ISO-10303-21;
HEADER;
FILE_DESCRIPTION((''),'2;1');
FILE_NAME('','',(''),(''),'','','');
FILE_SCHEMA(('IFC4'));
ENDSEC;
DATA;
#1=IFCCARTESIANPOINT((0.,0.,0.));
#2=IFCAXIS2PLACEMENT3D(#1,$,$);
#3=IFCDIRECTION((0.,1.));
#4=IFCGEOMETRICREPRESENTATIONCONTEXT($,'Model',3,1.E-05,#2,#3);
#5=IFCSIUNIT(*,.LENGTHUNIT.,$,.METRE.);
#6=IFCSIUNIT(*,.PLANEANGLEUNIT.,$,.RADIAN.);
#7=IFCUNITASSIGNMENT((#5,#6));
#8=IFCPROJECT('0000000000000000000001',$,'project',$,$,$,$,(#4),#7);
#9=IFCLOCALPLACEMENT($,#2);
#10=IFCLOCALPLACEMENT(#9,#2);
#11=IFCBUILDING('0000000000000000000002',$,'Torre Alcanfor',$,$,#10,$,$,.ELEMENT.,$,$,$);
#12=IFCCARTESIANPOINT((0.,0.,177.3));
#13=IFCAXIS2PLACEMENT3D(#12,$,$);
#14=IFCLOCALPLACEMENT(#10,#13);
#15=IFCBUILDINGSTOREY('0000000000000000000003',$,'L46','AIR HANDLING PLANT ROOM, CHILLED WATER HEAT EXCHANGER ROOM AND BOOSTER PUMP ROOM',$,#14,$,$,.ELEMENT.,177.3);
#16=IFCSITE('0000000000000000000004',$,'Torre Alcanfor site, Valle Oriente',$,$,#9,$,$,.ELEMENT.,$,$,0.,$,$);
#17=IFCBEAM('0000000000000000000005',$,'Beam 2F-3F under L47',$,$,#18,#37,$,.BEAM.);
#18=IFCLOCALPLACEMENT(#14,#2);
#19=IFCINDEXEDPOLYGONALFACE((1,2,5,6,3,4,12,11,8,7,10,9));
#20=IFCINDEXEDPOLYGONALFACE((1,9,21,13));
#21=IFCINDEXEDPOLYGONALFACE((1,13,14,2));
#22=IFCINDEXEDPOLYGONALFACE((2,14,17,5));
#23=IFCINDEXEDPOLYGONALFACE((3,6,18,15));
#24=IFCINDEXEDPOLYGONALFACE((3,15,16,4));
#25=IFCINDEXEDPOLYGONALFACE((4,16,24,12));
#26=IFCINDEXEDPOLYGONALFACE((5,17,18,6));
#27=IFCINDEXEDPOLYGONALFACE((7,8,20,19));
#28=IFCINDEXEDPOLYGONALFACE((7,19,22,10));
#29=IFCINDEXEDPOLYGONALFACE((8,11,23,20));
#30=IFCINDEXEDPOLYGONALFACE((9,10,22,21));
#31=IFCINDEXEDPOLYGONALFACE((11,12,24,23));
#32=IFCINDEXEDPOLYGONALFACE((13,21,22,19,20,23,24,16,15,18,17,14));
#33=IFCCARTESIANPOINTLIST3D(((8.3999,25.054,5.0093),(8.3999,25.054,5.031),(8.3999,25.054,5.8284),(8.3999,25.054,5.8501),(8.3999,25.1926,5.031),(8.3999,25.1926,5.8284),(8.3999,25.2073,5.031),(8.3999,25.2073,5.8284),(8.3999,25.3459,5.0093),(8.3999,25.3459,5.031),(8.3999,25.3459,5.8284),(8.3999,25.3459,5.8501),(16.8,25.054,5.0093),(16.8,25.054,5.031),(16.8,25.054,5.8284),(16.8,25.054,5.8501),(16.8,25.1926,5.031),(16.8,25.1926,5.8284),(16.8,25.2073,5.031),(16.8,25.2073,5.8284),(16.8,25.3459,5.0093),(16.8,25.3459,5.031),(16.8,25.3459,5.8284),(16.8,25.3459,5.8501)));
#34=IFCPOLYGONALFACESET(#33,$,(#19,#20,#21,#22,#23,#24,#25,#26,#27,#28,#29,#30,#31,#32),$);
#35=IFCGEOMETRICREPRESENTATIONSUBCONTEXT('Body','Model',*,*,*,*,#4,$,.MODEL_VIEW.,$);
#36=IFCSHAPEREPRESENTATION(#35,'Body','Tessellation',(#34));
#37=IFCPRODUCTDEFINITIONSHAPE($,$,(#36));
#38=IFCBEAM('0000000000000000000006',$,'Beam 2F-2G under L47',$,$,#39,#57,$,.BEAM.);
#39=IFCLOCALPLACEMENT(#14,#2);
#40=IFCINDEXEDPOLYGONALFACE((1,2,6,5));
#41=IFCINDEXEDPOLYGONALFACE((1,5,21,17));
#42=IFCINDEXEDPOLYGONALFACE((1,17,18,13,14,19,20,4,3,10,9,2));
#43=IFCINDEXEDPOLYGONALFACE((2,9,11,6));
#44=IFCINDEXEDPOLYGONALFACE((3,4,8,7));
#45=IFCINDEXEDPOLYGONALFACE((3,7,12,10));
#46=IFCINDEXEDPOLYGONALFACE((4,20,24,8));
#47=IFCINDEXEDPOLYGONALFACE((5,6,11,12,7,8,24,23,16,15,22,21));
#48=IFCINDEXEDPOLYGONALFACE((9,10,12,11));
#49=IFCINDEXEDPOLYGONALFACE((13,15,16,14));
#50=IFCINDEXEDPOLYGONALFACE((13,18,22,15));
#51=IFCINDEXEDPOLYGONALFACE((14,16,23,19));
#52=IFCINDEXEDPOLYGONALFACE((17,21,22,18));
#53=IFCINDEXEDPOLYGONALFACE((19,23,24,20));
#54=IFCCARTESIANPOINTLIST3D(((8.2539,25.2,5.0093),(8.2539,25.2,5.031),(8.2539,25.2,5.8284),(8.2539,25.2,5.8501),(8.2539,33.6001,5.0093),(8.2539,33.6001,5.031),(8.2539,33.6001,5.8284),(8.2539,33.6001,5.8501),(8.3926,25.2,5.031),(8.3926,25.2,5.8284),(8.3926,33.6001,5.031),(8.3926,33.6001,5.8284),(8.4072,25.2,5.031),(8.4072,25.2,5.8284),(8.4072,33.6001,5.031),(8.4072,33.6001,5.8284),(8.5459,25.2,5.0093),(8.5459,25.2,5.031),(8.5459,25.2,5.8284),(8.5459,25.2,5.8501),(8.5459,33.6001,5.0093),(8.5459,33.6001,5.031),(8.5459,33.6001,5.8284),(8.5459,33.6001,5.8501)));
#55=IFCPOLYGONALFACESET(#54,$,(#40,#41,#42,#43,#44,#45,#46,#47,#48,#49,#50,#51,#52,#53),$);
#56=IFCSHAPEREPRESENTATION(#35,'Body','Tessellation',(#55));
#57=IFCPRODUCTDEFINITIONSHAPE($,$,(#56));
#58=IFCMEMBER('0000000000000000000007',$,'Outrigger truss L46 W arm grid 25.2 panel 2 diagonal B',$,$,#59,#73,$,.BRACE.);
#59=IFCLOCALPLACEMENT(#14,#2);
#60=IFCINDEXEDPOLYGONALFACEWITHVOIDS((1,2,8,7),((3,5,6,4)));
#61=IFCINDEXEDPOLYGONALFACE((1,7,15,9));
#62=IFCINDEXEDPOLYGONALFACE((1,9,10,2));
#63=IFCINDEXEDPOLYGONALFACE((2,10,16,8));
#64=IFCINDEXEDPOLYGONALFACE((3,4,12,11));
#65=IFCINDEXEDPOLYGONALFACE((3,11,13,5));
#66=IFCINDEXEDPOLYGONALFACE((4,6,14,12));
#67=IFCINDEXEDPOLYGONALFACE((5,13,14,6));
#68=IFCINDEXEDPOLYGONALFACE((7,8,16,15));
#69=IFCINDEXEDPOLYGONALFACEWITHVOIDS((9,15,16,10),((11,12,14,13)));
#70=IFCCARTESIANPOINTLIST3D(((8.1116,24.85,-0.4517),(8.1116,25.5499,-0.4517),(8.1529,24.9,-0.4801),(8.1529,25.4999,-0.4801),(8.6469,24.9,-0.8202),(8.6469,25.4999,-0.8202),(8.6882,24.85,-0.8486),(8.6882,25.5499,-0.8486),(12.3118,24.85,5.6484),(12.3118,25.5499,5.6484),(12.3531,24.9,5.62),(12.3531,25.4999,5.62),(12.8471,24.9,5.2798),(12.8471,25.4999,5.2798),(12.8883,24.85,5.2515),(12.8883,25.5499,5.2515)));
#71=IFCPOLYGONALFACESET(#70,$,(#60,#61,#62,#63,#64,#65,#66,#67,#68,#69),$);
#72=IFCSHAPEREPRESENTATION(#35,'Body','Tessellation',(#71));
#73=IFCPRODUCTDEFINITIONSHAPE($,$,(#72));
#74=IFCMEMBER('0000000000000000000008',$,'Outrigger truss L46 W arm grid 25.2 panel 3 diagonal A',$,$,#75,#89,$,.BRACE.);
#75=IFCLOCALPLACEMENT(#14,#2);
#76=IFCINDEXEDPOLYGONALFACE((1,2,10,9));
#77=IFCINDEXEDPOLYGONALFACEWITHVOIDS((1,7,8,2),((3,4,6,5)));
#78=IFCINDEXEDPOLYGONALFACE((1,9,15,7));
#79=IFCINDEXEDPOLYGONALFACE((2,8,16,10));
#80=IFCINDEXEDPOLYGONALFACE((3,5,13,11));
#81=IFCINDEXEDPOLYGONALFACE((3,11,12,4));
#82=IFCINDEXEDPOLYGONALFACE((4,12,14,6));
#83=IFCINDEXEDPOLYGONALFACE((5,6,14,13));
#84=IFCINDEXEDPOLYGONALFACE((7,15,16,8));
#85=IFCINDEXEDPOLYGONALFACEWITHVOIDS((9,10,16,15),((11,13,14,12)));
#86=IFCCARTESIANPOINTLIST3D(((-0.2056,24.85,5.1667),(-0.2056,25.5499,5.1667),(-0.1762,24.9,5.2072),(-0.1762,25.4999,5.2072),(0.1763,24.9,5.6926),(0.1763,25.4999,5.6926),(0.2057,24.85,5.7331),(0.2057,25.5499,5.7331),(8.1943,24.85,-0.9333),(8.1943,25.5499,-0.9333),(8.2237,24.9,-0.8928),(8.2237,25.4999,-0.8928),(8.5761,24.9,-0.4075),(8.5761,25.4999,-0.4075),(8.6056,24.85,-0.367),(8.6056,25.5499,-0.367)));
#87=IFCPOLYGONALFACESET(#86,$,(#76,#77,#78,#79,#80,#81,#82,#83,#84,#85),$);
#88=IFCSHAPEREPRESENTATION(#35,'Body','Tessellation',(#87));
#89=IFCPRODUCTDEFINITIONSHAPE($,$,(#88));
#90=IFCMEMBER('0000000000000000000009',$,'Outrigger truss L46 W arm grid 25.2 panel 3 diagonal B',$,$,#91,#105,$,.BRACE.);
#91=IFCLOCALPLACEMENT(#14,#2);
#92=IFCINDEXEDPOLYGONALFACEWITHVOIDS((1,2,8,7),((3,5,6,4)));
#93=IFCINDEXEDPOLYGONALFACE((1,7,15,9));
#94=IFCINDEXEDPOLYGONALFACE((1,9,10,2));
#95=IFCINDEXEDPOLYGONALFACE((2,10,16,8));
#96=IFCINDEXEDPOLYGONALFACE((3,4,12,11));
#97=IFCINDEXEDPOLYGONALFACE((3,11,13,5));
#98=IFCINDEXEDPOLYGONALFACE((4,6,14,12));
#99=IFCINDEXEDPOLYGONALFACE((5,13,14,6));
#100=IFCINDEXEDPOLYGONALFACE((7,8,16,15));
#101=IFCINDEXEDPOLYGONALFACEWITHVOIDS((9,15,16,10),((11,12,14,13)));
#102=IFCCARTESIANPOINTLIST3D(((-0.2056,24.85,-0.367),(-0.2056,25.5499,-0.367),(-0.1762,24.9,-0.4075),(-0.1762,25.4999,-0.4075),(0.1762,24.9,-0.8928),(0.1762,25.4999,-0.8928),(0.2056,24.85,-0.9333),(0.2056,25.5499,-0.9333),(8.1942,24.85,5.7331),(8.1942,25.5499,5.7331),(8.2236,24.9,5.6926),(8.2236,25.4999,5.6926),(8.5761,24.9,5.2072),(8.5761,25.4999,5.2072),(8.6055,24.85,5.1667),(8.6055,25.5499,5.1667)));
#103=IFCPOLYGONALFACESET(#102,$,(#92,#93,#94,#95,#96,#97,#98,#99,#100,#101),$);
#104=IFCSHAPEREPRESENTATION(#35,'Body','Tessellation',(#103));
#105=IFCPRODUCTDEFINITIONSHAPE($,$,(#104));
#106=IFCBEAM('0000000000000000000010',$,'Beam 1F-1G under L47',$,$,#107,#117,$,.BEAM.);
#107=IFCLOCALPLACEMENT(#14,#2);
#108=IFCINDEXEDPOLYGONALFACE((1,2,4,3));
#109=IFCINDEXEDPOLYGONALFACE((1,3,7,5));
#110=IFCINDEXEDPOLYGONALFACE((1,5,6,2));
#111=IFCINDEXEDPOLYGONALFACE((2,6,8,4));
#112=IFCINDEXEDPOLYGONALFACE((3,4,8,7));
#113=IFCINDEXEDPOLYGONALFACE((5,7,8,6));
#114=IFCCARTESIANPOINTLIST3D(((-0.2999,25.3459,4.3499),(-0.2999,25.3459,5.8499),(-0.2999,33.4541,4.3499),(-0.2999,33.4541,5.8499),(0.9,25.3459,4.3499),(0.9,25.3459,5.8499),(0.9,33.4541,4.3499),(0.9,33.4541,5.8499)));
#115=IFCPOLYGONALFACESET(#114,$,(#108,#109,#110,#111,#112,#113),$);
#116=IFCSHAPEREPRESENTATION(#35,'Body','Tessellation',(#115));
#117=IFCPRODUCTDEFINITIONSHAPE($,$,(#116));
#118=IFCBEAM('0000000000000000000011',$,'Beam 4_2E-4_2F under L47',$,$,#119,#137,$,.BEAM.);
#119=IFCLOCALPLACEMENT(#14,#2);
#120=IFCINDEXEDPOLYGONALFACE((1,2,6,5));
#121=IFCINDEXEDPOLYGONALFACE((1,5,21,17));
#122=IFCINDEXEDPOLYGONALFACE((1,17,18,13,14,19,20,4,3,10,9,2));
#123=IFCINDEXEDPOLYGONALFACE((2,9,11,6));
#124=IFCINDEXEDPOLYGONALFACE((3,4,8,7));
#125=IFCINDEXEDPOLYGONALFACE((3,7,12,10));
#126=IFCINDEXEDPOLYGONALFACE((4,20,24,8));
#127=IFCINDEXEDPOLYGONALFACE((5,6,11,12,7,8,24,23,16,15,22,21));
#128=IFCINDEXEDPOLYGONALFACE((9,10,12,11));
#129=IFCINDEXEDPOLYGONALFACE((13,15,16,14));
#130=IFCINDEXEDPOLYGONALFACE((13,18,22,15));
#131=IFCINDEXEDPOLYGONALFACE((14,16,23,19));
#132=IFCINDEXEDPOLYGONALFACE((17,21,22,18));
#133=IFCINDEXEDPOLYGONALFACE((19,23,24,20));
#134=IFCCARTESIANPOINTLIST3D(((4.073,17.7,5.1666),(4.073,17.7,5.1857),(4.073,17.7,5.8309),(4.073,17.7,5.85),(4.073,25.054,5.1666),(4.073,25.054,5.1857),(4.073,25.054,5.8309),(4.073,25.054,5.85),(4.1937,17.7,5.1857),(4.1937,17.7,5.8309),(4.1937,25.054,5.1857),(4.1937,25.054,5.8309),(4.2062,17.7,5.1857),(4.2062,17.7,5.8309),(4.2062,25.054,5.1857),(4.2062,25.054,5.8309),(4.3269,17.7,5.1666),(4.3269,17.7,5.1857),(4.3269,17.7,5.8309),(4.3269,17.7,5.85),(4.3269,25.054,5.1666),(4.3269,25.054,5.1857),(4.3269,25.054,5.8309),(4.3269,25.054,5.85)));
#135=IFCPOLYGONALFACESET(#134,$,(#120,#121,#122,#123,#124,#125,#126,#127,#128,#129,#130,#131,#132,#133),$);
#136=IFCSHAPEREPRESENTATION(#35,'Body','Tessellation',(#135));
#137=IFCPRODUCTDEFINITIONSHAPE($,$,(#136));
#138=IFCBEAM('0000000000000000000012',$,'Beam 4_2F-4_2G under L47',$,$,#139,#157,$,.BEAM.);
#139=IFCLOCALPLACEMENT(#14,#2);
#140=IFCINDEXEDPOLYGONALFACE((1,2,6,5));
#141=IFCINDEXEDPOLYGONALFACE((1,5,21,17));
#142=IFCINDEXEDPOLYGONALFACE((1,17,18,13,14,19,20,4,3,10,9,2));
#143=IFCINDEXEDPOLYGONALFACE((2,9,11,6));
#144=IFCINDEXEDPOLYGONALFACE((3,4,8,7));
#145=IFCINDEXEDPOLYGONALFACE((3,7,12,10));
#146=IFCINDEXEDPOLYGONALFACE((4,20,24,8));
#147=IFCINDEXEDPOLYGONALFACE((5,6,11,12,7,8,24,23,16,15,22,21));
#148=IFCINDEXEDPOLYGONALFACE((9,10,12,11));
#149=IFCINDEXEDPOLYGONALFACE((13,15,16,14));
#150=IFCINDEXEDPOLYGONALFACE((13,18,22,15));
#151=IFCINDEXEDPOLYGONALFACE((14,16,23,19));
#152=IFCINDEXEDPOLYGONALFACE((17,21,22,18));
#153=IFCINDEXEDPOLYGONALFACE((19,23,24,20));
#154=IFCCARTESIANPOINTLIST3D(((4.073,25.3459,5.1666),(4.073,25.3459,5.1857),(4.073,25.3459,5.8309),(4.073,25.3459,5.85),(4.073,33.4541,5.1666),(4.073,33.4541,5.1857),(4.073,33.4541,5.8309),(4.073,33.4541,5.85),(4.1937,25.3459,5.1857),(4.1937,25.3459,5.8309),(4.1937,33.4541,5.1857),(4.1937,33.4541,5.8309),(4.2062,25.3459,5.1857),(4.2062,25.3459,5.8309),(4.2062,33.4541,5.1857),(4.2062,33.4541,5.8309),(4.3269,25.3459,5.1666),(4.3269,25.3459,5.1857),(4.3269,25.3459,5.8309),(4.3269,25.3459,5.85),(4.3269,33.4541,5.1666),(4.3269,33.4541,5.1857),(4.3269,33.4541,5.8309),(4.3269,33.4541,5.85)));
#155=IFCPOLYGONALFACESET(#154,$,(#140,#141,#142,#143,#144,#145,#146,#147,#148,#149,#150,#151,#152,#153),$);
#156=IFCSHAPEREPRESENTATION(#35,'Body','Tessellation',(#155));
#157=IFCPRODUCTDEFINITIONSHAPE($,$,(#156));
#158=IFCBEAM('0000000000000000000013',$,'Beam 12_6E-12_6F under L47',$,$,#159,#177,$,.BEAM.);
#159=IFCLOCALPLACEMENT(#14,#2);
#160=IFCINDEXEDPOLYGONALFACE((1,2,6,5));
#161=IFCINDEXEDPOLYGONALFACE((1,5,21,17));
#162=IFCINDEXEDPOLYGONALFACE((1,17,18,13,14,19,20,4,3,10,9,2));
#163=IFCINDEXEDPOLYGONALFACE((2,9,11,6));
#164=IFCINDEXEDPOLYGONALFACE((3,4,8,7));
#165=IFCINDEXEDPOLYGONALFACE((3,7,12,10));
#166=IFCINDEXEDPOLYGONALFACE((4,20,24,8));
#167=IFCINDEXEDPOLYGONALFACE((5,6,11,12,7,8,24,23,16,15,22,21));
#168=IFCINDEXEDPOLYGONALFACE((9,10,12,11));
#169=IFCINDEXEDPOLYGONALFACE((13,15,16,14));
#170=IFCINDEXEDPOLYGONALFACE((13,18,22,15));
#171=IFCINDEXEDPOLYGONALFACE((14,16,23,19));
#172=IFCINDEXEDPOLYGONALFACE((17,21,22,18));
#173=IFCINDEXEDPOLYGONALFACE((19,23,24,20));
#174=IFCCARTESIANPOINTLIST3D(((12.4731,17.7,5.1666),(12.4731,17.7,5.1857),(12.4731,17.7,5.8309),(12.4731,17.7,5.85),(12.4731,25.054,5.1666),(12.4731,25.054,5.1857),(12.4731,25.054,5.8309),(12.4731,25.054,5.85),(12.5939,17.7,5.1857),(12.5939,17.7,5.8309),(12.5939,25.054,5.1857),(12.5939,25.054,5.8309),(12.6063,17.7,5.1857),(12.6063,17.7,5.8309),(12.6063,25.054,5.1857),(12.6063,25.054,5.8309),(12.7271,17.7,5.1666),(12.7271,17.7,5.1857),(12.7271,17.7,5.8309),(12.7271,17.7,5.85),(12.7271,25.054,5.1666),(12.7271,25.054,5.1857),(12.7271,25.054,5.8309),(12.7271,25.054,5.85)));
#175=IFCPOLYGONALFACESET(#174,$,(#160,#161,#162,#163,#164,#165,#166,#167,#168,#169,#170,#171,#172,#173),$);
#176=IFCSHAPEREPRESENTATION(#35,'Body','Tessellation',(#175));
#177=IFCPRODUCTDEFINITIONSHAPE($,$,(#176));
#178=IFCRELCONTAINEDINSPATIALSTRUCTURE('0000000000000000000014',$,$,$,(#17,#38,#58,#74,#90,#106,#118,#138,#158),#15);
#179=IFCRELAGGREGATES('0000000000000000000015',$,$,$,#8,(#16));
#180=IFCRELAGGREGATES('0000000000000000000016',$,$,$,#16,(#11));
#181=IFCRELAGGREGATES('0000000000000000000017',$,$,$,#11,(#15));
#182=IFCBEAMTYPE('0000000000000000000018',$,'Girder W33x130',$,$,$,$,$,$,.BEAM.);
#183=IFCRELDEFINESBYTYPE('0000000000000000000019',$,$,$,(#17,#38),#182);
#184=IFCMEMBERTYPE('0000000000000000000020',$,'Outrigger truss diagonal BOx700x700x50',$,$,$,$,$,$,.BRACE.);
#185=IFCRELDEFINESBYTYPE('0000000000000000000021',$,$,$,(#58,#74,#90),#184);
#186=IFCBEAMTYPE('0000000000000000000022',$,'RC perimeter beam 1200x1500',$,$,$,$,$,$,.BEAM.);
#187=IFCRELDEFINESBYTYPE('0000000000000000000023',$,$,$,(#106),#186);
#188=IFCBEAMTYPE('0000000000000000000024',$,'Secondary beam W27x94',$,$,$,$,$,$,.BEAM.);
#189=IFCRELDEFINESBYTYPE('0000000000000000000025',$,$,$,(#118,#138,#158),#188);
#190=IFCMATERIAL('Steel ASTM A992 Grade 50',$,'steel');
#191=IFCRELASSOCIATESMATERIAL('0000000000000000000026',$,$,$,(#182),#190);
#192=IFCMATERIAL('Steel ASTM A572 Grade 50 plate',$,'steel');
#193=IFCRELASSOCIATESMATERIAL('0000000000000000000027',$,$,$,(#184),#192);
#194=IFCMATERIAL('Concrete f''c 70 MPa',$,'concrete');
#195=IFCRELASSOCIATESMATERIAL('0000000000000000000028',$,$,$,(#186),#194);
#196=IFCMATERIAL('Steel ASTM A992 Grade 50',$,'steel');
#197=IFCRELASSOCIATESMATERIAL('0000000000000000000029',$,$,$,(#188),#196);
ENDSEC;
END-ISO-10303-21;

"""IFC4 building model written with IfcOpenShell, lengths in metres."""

from ifc_helpers import new_model, si_unit, direction, frame, origin, origin_2d, place, context, subcontext, project, spatial, rectangle, hollow_rectangle, i_section, extrude, material, material_profile, profile_set, type_object, element, save


model = new_model("IFC4")

# Units and contexts
model_context = context("Model", 3, precision=1e-05, world=origin(), true_north=direction((0.0, 1.0)))
body_context = subcontext(model_context, "Body", "Model", "MODEL_VIEW")
ifc_project = project(units=[si_unit("LENGTHUNIT", "METRE"), si_unit("PLANEANGLEUNIT", "RADIAN")], contexts=[model_context])

# Site, building, storey
site_placement = place(None, origin())
site = spatial("IfcSite", under=ifc_project, at=site_placement, Name="Torre Alcanfor site, Valle Oriente", CompositionType="ELEMENT", RefElevation=0.0)
building_placement = place(site_placement, origin())
building = spatial("IfcBuilding", under=site, at=building_placement, Name="Torre Alcanfor", CompositionType="ELEMENT")
storey_placement = place(building_placement, frame((0.0, 0.0, 177.3)))
storey = spatial("IfcBuildingStorey", under=building, at=storey_placement, Name="L46", Description="AIR HANDLING PLANT ROOM, CHILLED WATER HEAT EXCHANGER ROOM AND BOOSTER PUMP ROOM", CompositionType="ELEMENT", Elevation=177.3)

# Beams
ifc_material_1 = material(Name="Steel ASTM A992 Grade 50", Category="steel")
ifc_material_profile_1 = material_profile(ifc_material_1, i_section(OverallWidth=0.292, OverallDepth=0.8408, WebThickness=0.0146, FlangeThickness=0.0217, at=origin_2d()), Name="W33x130")
ifc_profile_set_1 = profile_set([ifc_material_profile_1], Name="Steel ASTM A992 Grade 50")
beam_type_1 = type_object("IfcBeamType", Name="Girder W33x130", PredefinedType="BEAM", material=ifc_profile_set_1)
for number, where, z_axis, x_axis, name in (
    (1, (8.3999, 25.2, 5.4297), (1.0, 0.0, 0.0), (0.0, 1.0, 0.0), "Beam 2F-3F under L47"),
    (2, (8.3999, 25.2, 5.4297), (0.0, 1.0, 0.0), (-1.0, 0.0, 0.0), "Beam 2F-2G under L47"),
):
    element("IfcBeam", number, at=place(storey_placement, frame(where, z_axis=z_axis, x_axis=x_axis)), inside=storey, type_object=beam_type_1, Name=name, PredefinedType="BEAM", context=body_context, shape_type="SweptSolid", body=[
        extrude(i_section(OverallWidth=0.292, OverallDepth=0.8408, WebThickness=0.0146, FlangeThickness=0.0217, at=origin_2d()), origin(), (0.0, 0.0, 1.0), 8.4001),
    ])

# Members
ifc_material_2 = material(Name="Steel ASTM A572 Grade 50 plate", Category="steel")
ifc_material_profile_2 = material_profile(ifc_material_2, hollow_rectangle(XDim=0.7, YDim=0.7, WallThickness=0.05, at=origin_2d()), Name="BOX 700x700x50")
ifc_profile_set_2 = profile_set([ifc_material_profile_2], Name="Steel ASTM A572 Grade 50 plate")
member_type_1 = type_object("IfcMemberType", Name="Outrigger truss diagonal BOx700x700x50", PredefinedType="BRACE", material=ifc_profile_set_2)
member_1_placement = place(storey_placement, frame((8.3999, 25.2, -0.6501), z_axis=(0.567113, 0.0, 0.82364), x_axis=(0.0, 1.0, 0.0)))
element("IfcMember", 3, at=member_1_placement, inside=storey, type_object=member_type_1, Name="Outrigger truss L46 W arm grid 25.2 panel 2 diagonal B", PredefinedType="BRACE", context=body_context, shape_type="SweptSolid", body=[
    extrude(hollow_rectangle(XDim=0.7, YDim=0.7, WallThickness=0.05, at=origin_2d()), origin(), (0.0, 0.0, 1.0), 7.4062),
])
for number, where, z_axis, x_axis, name in (
    (4, (8.3999, 25.2, -0.6501), (-0.809145, 0.0, 0.587609), (0.0, -1.0, 0.0), "Outrigger truss L46 W arm grid 25.2 panel 3 diagonal A"),
    (5, (0.0, 25.2, -0.6501), (0.809145, 0.0, 0.587609), (0.0, 1.0, 0.0), "Outrigger truss L46 W arm grid 25.2 panel 3 diagonal B"),
):
    element("IfcMember", number, at=place(storey_placement, frame(where, z_axis=z_axis, x_axis=x_axis)), inside=storey, type_object=member_type_1, Name=name, PredefinedType="BRACE", context=body_context, shape_type="SweptSolid", body=[
        extrude(hollow_rectangle(XDim=0.7, YDim=0.7, WallThickness=0.05, at=origin_2d()), origin(), (0.0, 0.0, 1.0), 10.3811),
    ])

# Beams
ifc_material_3 = material(Name="Concrete f'c 70 MPa", Category="concrete")
ifc_material_profile_3 = material_profile(ifc_material_3, rectangle(XDim=1.2, YDim=1.5, at=origin_2d()), Name="1200x1500")
ifc_profile_set_3 = profile_set([ifc_material_profile_3], Name="Concrete f'c 70 MPa")
beam_type_2 = type_object("IfcBeamType", Name="RC perimeter beam 1200x1500", PredefinedType="BEAM", material=ifc_profile_set_3)
beam_1_placement = place(storey_placement, frame((0.3, 25.3459, 5.0999), z_axis=(0.0, 1.0, 0.0), x_axis=(-1.0, 0.0, 0.0)))
element("IfcBeam", 6, at=beam_1_placement, inside=storey, type_object=beam_type_2, Name="Beam 1F-1G under L47", PredefinedType="BEAM", context=body_context, shape_type="SweptSolid", body=[
    extrude(rectangle(XDim=1.2, YDim=1.5, at=origin_2d()), origin(), (0.0, 0.0, 1.0), 8.1082),
])
ifc_material_4 = material(Name="Steel ASTM A992 Grade 50", Category="steel")
ifc_material_profile_4 = material_profile(ifc_material_4, i_section(OverallWidth=0.2539, OverallDepth=0.6833, WebThickness=0.0125, FlangeThickness=0.019, at=origin_2d()), Name="W27x94")
ifc_profile_set_4 = profile_set([ifc_material_profile_4], Name="Steel ASTM A992 Grade 50")
beam_type_3 = type_object("IfcBeamType", Name="Secondary beam W27x94", PredefinedType="BEAM", material=ifc_profile_set_4)
beam_2_placement = place(storey_placement, frame((4.2, 17.7, 5.5083), z_axis=(0.0, 1.0, 0.0), x_axis=(-1.0, 0.0, 0.0)))
element("IfcBeam", 7, at=beam_2_placement, inside=storey, type_object=beam_type_3, Name="Beam 4_2E-4_2F under L47", PredefinedType="BEAM", context=body_context, shape_type="SweptSolid", body=[
    extrude(i_section(OverallWidth=0.2539, OverallDepth=0.6833, WebThickness=0.0125, FlangeThickness=0.019, at=origin_2d()), origin(), (0.0, 0.0, 1.0), 7.354),
])
beam_3_placement = place(storey_placement, frame((4.2, 25.3459, 5.5083), z_axis=(0.0, 1.0, 0.0), x_axis=(-1.0, 0.0, 0.0)))
element("IfcBeam", 8, at=beam_3_placement, inside=storey, type_object=beam_type_3, Name="Beam 4_2F-4_2G under L47", PredefinedType="BEAM", context=body_context, shape_type="SweptSolid", body=[
    extrude(i_section(OverallWidth=0.2539, OverallDepth=0.6833, WebThickness=0.0125, FlangeThickness=0.019, at=origin_2d()), origin(), (0.0, 0.0, 1.0), 8.1082),
])
beam_4_placement = place(storey_placement, frame((12.6001, 17.7, 5.5083), z_axis=(0.0, 1.0, 0.0), x_axis=(-1.0, 0.0, 0.0)))
element("IfcBeam", 9, at=beam_4_placement, inside=storey, type_object=beam_type_3, Name="Beam 12_6E-12_6F under L47", PredefinedType="BEAM", context=body_context, shape_type="SweptSolid", body=[
    extrude(i_section(OverallWidth=0.2539, OverallDepth=0.6833, WebThickness=0.0125, FlangeThickness=0.019, at=origin_2d()), origin(), (0.0, 0.0, 1.0), 7.354),
])

save(model, "model.ifc")
